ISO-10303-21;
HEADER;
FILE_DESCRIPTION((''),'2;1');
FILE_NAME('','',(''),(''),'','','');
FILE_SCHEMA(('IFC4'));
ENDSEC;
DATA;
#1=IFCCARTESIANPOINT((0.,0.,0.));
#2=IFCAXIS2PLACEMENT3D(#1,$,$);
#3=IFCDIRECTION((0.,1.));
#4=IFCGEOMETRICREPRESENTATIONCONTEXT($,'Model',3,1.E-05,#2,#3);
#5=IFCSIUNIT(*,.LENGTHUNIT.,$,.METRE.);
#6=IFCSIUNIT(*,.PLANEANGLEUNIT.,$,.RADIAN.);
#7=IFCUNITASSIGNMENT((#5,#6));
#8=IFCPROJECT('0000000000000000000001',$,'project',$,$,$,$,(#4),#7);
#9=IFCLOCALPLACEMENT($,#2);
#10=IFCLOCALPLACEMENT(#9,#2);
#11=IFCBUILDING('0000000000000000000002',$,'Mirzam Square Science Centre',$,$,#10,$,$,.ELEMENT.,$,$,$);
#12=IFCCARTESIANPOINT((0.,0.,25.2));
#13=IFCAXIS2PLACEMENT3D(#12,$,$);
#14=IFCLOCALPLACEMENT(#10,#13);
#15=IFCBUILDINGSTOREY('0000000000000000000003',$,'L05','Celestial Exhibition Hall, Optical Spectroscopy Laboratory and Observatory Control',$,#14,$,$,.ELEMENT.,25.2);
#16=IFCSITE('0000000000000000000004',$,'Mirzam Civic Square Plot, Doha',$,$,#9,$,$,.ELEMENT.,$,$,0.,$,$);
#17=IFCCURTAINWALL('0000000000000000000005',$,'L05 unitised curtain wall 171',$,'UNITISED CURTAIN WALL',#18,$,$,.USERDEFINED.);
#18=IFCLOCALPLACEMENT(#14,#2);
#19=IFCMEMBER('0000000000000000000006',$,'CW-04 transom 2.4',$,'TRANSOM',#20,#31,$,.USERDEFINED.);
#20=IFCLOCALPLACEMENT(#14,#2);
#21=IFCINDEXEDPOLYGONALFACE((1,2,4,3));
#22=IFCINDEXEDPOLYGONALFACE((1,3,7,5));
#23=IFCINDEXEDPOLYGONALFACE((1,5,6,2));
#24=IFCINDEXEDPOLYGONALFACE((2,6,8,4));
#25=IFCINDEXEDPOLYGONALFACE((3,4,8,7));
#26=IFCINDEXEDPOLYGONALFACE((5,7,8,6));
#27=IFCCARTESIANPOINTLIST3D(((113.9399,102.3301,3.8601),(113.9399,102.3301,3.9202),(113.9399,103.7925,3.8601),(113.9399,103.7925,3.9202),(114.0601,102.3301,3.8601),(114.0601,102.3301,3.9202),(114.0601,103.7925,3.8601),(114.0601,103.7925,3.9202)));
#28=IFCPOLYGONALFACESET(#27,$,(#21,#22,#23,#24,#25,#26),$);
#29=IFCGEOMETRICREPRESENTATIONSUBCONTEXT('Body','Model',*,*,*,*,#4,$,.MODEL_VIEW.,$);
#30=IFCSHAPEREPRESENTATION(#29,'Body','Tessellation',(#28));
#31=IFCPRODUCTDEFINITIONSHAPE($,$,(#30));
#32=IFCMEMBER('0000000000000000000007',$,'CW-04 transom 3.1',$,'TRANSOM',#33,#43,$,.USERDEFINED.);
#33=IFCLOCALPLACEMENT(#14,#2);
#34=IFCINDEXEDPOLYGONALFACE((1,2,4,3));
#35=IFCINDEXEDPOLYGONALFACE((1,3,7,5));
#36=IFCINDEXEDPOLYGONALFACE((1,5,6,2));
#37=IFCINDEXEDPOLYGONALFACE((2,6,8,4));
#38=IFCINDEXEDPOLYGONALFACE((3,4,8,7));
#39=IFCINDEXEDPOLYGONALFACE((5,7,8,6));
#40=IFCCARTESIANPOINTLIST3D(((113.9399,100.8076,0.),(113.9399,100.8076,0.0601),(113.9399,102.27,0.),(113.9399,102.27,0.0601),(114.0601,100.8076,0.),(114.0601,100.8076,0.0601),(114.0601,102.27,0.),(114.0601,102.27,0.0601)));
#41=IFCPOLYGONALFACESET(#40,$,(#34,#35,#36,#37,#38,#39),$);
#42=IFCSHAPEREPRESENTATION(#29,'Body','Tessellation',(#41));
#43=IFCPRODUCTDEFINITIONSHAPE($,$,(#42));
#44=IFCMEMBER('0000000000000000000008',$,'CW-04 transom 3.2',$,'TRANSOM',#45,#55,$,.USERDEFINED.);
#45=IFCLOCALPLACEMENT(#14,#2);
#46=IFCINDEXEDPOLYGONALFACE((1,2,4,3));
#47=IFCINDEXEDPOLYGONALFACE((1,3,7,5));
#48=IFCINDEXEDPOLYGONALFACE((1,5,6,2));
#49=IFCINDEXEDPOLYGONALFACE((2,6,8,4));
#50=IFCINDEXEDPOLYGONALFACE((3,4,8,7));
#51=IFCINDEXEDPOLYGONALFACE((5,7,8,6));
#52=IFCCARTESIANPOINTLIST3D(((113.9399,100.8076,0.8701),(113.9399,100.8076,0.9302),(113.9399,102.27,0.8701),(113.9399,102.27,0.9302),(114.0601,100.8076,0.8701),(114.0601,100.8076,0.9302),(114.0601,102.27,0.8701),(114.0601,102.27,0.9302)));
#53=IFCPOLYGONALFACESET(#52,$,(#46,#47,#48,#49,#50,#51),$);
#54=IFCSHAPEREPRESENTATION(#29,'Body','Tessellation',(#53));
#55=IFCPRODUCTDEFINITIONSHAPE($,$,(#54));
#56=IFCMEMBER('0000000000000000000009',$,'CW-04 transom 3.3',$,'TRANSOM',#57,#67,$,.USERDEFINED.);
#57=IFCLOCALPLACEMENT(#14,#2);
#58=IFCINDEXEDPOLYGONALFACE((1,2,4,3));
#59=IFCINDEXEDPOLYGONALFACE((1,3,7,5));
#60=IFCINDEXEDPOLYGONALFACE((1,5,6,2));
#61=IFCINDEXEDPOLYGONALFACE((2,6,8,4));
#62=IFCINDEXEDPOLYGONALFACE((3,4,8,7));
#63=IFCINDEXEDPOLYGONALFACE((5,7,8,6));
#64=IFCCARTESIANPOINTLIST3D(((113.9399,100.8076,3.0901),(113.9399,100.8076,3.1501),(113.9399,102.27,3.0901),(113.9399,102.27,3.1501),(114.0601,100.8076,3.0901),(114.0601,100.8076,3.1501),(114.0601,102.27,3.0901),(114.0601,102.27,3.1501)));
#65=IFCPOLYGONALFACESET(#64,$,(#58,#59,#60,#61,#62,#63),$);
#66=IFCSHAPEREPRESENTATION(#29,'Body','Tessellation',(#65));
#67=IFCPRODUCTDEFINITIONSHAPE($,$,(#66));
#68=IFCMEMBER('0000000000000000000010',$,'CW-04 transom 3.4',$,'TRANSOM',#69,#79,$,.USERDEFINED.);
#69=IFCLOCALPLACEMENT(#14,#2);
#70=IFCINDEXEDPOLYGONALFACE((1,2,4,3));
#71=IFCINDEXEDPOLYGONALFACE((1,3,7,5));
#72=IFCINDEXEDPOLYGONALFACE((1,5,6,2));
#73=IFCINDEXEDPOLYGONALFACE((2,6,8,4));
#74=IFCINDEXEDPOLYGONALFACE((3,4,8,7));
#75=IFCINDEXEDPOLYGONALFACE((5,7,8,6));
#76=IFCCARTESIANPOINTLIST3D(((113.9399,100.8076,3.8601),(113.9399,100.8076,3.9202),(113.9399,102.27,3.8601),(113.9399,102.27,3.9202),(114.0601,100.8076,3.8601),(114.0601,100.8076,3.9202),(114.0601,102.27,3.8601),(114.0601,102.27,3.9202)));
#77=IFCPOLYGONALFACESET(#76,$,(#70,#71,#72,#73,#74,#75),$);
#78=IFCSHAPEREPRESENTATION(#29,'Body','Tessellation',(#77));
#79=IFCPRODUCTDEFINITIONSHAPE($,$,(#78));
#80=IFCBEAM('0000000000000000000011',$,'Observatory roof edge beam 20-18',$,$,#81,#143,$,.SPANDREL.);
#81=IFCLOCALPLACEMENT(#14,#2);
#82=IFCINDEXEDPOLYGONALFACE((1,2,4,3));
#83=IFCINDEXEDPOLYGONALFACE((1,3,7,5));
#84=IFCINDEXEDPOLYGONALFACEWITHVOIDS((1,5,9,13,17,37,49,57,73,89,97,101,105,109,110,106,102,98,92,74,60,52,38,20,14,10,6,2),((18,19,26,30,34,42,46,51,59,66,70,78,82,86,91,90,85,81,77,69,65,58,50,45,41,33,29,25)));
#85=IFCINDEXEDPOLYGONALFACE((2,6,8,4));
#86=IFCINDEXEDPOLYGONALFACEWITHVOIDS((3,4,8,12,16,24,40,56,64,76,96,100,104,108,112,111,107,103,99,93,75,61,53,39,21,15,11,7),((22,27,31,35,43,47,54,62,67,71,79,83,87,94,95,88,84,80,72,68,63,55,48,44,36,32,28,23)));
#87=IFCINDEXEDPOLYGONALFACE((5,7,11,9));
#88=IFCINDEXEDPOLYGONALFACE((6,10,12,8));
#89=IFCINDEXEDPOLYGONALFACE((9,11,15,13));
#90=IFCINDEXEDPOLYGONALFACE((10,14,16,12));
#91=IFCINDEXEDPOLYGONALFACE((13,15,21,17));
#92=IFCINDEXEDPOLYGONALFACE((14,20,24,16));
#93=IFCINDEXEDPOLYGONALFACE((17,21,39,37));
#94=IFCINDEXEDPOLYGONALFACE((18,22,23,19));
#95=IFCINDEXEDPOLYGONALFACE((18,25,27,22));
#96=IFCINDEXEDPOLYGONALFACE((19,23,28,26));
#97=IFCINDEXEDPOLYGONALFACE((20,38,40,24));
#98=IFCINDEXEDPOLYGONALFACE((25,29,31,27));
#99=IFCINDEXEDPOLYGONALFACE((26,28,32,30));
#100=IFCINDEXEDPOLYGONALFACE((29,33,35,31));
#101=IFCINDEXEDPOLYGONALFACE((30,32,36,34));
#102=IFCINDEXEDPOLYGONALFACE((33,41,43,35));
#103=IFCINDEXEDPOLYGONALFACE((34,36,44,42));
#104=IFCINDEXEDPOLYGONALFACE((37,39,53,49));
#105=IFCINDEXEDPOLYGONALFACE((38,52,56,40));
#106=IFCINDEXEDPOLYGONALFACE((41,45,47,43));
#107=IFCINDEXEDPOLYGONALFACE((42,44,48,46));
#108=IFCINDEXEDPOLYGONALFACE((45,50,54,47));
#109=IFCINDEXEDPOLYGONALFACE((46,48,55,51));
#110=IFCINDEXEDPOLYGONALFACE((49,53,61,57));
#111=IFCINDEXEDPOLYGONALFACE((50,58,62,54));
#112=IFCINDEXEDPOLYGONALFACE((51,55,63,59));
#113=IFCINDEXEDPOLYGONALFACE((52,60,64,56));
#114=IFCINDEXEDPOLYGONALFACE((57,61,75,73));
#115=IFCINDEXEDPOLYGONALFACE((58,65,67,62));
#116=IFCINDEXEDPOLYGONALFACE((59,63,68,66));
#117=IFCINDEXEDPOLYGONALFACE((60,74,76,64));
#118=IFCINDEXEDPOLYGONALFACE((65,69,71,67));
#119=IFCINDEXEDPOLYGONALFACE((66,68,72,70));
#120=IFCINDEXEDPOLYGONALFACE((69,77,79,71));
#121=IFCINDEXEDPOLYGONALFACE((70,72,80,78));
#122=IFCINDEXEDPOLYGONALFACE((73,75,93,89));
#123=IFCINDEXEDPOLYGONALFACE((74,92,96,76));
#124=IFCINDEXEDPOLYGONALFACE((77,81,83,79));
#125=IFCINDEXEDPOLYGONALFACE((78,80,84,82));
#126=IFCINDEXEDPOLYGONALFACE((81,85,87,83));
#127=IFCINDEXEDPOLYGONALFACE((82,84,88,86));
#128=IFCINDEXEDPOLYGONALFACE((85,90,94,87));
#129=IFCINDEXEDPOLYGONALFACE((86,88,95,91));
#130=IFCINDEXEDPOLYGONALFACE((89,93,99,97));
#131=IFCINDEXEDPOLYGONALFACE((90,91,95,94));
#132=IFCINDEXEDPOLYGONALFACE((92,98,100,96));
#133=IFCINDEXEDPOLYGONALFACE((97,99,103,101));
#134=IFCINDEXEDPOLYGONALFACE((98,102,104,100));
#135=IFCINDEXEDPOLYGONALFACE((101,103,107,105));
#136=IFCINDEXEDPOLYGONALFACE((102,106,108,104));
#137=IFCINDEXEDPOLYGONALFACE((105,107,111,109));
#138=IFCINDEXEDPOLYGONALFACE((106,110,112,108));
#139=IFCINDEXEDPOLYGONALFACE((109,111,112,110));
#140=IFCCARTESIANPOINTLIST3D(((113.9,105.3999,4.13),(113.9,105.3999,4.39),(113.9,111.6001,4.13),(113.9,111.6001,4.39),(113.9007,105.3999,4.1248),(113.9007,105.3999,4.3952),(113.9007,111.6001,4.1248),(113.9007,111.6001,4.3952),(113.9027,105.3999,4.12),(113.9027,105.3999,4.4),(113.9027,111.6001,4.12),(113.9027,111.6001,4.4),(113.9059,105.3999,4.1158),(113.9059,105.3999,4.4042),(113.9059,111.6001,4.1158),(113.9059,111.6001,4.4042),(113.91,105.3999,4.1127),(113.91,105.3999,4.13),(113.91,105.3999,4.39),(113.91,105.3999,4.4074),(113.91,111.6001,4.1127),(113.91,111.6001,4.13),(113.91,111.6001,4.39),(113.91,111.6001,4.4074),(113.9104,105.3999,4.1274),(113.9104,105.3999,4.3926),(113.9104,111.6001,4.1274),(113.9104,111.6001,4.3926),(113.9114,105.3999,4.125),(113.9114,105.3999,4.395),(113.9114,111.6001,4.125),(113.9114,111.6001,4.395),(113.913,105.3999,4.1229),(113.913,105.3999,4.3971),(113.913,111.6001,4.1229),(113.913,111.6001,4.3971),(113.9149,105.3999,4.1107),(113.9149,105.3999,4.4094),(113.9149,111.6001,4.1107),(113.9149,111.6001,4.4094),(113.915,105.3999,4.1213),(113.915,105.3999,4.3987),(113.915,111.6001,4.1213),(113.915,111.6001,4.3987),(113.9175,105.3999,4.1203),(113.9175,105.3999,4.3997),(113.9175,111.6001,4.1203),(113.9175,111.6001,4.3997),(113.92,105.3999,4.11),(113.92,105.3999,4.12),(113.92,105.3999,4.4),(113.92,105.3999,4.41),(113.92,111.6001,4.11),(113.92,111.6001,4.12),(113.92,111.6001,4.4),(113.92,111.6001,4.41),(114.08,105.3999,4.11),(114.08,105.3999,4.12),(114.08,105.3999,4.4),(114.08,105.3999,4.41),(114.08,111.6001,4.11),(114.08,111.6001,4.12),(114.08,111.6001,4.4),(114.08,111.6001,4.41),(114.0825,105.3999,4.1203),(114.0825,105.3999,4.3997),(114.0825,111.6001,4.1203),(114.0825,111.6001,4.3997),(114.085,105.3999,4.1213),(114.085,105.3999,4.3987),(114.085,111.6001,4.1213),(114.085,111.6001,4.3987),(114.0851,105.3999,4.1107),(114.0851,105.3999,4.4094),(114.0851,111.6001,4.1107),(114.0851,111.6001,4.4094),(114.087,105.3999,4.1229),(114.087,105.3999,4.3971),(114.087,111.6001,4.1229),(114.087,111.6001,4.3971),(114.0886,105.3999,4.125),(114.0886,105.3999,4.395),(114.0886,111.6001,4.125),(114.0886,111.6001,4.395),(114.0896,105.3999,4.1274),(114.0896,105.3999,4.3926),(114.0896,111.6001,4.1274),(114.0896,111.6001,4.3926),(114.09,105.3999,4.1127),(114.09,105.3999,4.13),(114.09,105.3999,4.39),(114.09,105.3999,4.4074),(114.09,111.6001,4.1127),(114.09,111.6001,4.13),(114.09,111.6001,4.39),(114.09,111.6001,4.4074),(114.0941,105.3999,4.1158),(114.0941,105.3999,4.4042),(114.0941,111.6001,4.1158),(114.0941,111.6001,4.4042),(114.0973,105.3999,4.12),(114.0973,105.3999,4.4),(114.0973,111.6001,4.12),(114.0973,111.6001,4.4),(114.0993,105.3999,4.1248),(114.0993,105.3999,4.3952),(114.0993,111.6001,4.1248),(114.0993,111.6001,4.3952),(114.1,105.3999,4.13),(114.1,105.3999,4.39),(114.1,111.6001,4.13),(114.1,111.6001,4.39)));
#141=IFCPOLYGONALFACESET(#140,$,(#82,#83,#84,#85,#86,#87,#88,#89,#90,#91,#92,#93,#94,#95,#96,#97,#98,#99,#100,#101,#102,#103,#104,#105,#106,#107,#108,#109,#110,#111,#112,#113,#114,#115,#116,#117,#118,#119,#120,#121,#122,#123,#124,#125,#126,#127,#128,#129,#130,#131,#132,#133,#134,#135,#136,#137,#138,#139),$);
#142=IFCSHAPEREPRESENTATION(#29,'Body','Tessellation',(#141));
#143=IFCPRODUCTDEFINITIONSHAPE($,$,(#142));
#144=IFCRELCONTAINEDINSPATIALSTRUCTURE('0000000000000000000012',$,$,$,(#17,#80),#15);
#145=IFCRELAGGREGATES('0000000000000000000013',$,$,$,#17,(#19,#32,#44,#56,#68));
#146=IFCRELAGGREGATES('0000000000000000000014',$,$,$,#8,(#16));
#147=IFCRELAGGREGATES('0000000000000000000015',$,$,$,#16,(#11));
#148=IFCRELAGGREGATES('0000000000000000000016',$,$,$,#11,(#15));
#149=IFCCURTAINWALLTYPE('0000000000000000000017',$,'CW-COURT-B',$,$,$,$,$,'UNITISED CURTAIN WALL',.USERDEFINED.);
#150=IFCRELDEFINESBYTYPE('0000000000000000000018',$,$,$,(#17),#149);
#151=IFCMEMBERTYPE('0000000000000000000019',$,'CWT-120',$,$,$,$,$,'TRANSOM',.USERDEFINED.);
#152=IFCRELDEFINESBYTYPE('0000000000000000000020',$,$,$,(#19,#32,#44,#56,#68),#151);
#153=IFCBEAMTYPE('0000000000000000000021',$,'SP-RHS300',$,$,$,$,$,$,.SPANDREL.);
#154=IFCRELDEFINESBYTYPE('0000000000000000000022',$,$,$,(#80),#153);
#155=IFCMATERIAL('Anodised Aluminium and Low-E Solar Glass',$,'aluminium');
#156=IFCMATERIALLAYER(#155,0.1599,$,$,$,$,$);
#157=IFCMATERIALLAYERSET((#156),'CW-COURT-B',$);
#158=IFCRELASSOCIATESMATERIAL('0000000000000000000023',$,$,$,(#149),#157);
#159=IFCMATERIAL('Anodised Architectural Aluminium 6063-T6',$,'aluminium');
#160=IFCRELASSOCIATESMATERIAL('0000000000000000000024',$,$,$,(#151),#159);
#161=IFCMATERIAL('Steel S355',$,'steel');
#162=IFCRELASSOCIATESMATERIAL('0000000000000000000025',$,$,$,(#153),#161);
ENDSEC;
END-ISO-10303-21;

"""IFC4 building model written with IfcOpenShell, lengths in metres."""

from ifc_helpers import new_model, si_unit, direction, frame, origin, origin_2d, place, context, subcontext, project, spatial, rectangle, hollow_rectangle, extrude, material, layer, layer_set, material_profile, profile_set, type_object, element, aggregate, save


model = new_model("IFC4")

# Units and contexts
model_context = context("Model", 3, precision=1e-05, world=origin(), true_north=direction((0.0, 1.0)))
body_context = subcontext(model_context, "Body", "Model", "MODEL_VIEW")
ifc_project = project(units=[si_unit("LENGTHUNIT", "METRE"), si_unit("PLANEANGLEUNIT", "RADIAN")], contexts=[model_context])

# Site, building, storey
site_placement = place(None, origin())
site = spatial("IfcSite", under=ifc_project, at=site_placement, Name="Mirzam Civic Square Plot, Doha", CompositionType="ELEMENT", RefElevation=0.0)
building_placement = place(site_placement, origin())
building = spatial("IfcBuilding", under=site, at=building_placement, Name="Mirzam Square Science Centre", CompositionType="ELEMENT")
storey_placement = place(building_placement, frame((0.0, 0.0, 25.2)))
storey = spatial("IfcBuildingStorey", under=building, at=storey_placement, Name="L05", Description="Celestial Exhibition Hall, Optical Spectroscopy Laboratory and Observatory Control", CompositionType="ELEMENT", Elevation=25.2)

# Shared definitions
ifc_material_1 = material(Name="Steel S355", Category="steel")

# Curtain wall, members
ifc_material_2 = material(Name="Anodised Aluminium and Low-E Solar Glass", Category="aluminium")
ifc_layer_1 = layer(ifc_material_2, 0.1599)
ifc_layer_set_1 = layer_set([ifc_layer_1], Name="CW-COURT-B")
curtain_wall_type = type_object("IfcCurtainWallType", Name="CW-COURT-B", ElementType="UNITISED CURTAIN WALL", PredefinedType="USERDEFINED", material=ifc_layer_set_1)
curtain_wall_placement = place(storey_placement, origin())
curtain_wall = element("IfcCurtainWall", 1, at=curtain_wall_placement, inside=storey, type_object=curtain_wall_type, Name="L05 unitised curtain wall 171", ObjectType="UNITISED CURTAIN WALL", PredefinedType="USERDEFINED")
ifc_material_3 = material(Name="Anodised Architectural Aluminium 6063-T6", Category="aluminium")
ifc_material_profile_1 = material_profile(ifc_material_3, rectangle(XDim=0.1201, YDim=0.0601, at=origin_2d()), Name="ALU-TRAN-120x60x4")
ifc_profile_set_1 = profile_set([ifc_material_profile_1], Name="Anodised Architectural Aluminium 6063-T6")
member_type_1 = type_object("IfcMemberType", Name="CWT-120", ElementType="TRANSOM", PredefinedType="USERDEFINED", material=ifc_profile_set_1)
member_1_placement = place(storey_placement, frame((114.0, 103.7925, 3.8901), z_axis=(0.0, -1.0, 0.0), x_axis=(1.0, 0.0, 0.0)))
member_1 = element("IfcMember", 2, at=member_1_placement, type_object=member_type_1, Name="CW-04 transom 2.4", ObjectType="TRANSOM", PredefinedType="USERDEFINED", context=body_context, shape_type="SweptSolid", body=[
    extrude(rectangle(XDim=0.1201, YDim=0.0601, at=origin_2d()), origin(), (0.0, 0.0, 1.0), 1.4624),
])
member_2_placement = place(storey_placement, frame((114.0, 102.27, 0.03), z_axis=(0.0, -1.0, 0.0), x_axis=(1.0, 0.0, 0.0)))
member_2 = element("IfcMember", 3, at=member_2_placement, type_object=member_type_1, Name="CW-04 transom 3.1", ObjectType="TRANSOM", PredefinedType="USERDEFINED", context=body_context, shape_type="SweptSolid", body=[
    extrude(rectangle(XDim=0.1201, YDim=0.0601, at=origin_2d()), origin(), (0.0, 0.0, 1.0), 1.4624),
])
member_3_placement = place(storey_placement, frame((114.0, 102.27, 0.9001), z_axis=(0.0, -1.0, 0.0), x_axis=(1.0, 0.0, 0.0)))
member_3 = element("IfcMember", 4, at=member_3_placement, type_object=member_type_1, Name="CW-04 transom 3.2", ObjectType="TRANSOM", PredefinedType="USERDEFINED", context=body_context, shape_type="SweptSolid", body=[
    extrude(rectangle(XDim=0.1201, YDim=0.0601, at=origin_2d()), origin(), (0.0, 0.0, 1.0), 1.4624),
])
member_4_placement = place(storey_placement, frame((114.0, 102.27, 3.1201), z_axis=(0.0, -1.0, 0.0), x_axis=(1.0, 0.0, 0.0)))
member_4 = element("IfcMember", 5, at=member_4_placement, type_object=member_type_1, Name="CW-04 transom 3.3", ObjectType="TRANSOM", PredefinedType="USERDEFINED", context=body_context, shape_type="SweptSolid", body=[
    extrude(rectangle(XDim=0.1201, YDim=0.0601, at=origin_2d()), origin(), (0.0, 0.0, 1.0), 1.4624),
])
member_5_placement = place(storey_placement, frame((114.0, 102.27, 3.8901), z_axis=(0.0, -1.0, 0.0), x_axis=(1.0, 0.0, 0.0)))
member_5 = element("IfcMember", 6, at=member_5_placement, type_object=member_type_1, Name="CW-04 transom 3.4", ObjectType="TRANSOM", PredefinedType="USERDEFINED", context=body_context, shape_type="SweptSolid", body=[
    extrude(rectangle(XDim=0.1201, YDim=0.0601, at=origin_2d()), origin(), (0.0, 0.0, 1.0), 1.4624),
])

# Beam
ifc_material_profile_2 = material_profile(ifc_material_1, hollow_rectangle(XDim=0.2, YDim=0.3, WallThickness=0.01, InnerFilletRadius=0.01, OuterFilletRadius=0.02, at=origin_2d()), Name="300x200x10.0RHS")
ifc_profile_set_2 = profile_set([ifc_material_profile_2], Name="Steel S355")
beam_type_1 = type_object("IfcBeamType", Name="SP-RHS300", PredefinedType="SPANDREL", material=ifc_profile_set_2)
beam_1_placement = place(storey_placement, frame((114.0, 105.3999, 4.26), z_axis=(0.0, 1.0, 0.0), x_axis=(-1.0, 0.0, 0.0)))
element("IfcBeam", 7, at=beam_1_placement, inside=storey, type_object=beam_type_1, Name="Observatory roof edge beam 20-18", PredefinedType="SPANDREL", context=body_context, shape_type="SweptSolid", body=[
    extrude(hollow_rectangle(XDim=0.2, YDim=0.3, WallThickness=0.01, InnerFilletRadius=0.01, OuterFilletRadius=0.02, at=origin_2d()), origin(), (0.0, 0.0, 1.0), 6.2002),
])

aggregate(curtain_wall, [member_1, member_2, member_3, member_4, member_5])

save(model, "model.ifc")
